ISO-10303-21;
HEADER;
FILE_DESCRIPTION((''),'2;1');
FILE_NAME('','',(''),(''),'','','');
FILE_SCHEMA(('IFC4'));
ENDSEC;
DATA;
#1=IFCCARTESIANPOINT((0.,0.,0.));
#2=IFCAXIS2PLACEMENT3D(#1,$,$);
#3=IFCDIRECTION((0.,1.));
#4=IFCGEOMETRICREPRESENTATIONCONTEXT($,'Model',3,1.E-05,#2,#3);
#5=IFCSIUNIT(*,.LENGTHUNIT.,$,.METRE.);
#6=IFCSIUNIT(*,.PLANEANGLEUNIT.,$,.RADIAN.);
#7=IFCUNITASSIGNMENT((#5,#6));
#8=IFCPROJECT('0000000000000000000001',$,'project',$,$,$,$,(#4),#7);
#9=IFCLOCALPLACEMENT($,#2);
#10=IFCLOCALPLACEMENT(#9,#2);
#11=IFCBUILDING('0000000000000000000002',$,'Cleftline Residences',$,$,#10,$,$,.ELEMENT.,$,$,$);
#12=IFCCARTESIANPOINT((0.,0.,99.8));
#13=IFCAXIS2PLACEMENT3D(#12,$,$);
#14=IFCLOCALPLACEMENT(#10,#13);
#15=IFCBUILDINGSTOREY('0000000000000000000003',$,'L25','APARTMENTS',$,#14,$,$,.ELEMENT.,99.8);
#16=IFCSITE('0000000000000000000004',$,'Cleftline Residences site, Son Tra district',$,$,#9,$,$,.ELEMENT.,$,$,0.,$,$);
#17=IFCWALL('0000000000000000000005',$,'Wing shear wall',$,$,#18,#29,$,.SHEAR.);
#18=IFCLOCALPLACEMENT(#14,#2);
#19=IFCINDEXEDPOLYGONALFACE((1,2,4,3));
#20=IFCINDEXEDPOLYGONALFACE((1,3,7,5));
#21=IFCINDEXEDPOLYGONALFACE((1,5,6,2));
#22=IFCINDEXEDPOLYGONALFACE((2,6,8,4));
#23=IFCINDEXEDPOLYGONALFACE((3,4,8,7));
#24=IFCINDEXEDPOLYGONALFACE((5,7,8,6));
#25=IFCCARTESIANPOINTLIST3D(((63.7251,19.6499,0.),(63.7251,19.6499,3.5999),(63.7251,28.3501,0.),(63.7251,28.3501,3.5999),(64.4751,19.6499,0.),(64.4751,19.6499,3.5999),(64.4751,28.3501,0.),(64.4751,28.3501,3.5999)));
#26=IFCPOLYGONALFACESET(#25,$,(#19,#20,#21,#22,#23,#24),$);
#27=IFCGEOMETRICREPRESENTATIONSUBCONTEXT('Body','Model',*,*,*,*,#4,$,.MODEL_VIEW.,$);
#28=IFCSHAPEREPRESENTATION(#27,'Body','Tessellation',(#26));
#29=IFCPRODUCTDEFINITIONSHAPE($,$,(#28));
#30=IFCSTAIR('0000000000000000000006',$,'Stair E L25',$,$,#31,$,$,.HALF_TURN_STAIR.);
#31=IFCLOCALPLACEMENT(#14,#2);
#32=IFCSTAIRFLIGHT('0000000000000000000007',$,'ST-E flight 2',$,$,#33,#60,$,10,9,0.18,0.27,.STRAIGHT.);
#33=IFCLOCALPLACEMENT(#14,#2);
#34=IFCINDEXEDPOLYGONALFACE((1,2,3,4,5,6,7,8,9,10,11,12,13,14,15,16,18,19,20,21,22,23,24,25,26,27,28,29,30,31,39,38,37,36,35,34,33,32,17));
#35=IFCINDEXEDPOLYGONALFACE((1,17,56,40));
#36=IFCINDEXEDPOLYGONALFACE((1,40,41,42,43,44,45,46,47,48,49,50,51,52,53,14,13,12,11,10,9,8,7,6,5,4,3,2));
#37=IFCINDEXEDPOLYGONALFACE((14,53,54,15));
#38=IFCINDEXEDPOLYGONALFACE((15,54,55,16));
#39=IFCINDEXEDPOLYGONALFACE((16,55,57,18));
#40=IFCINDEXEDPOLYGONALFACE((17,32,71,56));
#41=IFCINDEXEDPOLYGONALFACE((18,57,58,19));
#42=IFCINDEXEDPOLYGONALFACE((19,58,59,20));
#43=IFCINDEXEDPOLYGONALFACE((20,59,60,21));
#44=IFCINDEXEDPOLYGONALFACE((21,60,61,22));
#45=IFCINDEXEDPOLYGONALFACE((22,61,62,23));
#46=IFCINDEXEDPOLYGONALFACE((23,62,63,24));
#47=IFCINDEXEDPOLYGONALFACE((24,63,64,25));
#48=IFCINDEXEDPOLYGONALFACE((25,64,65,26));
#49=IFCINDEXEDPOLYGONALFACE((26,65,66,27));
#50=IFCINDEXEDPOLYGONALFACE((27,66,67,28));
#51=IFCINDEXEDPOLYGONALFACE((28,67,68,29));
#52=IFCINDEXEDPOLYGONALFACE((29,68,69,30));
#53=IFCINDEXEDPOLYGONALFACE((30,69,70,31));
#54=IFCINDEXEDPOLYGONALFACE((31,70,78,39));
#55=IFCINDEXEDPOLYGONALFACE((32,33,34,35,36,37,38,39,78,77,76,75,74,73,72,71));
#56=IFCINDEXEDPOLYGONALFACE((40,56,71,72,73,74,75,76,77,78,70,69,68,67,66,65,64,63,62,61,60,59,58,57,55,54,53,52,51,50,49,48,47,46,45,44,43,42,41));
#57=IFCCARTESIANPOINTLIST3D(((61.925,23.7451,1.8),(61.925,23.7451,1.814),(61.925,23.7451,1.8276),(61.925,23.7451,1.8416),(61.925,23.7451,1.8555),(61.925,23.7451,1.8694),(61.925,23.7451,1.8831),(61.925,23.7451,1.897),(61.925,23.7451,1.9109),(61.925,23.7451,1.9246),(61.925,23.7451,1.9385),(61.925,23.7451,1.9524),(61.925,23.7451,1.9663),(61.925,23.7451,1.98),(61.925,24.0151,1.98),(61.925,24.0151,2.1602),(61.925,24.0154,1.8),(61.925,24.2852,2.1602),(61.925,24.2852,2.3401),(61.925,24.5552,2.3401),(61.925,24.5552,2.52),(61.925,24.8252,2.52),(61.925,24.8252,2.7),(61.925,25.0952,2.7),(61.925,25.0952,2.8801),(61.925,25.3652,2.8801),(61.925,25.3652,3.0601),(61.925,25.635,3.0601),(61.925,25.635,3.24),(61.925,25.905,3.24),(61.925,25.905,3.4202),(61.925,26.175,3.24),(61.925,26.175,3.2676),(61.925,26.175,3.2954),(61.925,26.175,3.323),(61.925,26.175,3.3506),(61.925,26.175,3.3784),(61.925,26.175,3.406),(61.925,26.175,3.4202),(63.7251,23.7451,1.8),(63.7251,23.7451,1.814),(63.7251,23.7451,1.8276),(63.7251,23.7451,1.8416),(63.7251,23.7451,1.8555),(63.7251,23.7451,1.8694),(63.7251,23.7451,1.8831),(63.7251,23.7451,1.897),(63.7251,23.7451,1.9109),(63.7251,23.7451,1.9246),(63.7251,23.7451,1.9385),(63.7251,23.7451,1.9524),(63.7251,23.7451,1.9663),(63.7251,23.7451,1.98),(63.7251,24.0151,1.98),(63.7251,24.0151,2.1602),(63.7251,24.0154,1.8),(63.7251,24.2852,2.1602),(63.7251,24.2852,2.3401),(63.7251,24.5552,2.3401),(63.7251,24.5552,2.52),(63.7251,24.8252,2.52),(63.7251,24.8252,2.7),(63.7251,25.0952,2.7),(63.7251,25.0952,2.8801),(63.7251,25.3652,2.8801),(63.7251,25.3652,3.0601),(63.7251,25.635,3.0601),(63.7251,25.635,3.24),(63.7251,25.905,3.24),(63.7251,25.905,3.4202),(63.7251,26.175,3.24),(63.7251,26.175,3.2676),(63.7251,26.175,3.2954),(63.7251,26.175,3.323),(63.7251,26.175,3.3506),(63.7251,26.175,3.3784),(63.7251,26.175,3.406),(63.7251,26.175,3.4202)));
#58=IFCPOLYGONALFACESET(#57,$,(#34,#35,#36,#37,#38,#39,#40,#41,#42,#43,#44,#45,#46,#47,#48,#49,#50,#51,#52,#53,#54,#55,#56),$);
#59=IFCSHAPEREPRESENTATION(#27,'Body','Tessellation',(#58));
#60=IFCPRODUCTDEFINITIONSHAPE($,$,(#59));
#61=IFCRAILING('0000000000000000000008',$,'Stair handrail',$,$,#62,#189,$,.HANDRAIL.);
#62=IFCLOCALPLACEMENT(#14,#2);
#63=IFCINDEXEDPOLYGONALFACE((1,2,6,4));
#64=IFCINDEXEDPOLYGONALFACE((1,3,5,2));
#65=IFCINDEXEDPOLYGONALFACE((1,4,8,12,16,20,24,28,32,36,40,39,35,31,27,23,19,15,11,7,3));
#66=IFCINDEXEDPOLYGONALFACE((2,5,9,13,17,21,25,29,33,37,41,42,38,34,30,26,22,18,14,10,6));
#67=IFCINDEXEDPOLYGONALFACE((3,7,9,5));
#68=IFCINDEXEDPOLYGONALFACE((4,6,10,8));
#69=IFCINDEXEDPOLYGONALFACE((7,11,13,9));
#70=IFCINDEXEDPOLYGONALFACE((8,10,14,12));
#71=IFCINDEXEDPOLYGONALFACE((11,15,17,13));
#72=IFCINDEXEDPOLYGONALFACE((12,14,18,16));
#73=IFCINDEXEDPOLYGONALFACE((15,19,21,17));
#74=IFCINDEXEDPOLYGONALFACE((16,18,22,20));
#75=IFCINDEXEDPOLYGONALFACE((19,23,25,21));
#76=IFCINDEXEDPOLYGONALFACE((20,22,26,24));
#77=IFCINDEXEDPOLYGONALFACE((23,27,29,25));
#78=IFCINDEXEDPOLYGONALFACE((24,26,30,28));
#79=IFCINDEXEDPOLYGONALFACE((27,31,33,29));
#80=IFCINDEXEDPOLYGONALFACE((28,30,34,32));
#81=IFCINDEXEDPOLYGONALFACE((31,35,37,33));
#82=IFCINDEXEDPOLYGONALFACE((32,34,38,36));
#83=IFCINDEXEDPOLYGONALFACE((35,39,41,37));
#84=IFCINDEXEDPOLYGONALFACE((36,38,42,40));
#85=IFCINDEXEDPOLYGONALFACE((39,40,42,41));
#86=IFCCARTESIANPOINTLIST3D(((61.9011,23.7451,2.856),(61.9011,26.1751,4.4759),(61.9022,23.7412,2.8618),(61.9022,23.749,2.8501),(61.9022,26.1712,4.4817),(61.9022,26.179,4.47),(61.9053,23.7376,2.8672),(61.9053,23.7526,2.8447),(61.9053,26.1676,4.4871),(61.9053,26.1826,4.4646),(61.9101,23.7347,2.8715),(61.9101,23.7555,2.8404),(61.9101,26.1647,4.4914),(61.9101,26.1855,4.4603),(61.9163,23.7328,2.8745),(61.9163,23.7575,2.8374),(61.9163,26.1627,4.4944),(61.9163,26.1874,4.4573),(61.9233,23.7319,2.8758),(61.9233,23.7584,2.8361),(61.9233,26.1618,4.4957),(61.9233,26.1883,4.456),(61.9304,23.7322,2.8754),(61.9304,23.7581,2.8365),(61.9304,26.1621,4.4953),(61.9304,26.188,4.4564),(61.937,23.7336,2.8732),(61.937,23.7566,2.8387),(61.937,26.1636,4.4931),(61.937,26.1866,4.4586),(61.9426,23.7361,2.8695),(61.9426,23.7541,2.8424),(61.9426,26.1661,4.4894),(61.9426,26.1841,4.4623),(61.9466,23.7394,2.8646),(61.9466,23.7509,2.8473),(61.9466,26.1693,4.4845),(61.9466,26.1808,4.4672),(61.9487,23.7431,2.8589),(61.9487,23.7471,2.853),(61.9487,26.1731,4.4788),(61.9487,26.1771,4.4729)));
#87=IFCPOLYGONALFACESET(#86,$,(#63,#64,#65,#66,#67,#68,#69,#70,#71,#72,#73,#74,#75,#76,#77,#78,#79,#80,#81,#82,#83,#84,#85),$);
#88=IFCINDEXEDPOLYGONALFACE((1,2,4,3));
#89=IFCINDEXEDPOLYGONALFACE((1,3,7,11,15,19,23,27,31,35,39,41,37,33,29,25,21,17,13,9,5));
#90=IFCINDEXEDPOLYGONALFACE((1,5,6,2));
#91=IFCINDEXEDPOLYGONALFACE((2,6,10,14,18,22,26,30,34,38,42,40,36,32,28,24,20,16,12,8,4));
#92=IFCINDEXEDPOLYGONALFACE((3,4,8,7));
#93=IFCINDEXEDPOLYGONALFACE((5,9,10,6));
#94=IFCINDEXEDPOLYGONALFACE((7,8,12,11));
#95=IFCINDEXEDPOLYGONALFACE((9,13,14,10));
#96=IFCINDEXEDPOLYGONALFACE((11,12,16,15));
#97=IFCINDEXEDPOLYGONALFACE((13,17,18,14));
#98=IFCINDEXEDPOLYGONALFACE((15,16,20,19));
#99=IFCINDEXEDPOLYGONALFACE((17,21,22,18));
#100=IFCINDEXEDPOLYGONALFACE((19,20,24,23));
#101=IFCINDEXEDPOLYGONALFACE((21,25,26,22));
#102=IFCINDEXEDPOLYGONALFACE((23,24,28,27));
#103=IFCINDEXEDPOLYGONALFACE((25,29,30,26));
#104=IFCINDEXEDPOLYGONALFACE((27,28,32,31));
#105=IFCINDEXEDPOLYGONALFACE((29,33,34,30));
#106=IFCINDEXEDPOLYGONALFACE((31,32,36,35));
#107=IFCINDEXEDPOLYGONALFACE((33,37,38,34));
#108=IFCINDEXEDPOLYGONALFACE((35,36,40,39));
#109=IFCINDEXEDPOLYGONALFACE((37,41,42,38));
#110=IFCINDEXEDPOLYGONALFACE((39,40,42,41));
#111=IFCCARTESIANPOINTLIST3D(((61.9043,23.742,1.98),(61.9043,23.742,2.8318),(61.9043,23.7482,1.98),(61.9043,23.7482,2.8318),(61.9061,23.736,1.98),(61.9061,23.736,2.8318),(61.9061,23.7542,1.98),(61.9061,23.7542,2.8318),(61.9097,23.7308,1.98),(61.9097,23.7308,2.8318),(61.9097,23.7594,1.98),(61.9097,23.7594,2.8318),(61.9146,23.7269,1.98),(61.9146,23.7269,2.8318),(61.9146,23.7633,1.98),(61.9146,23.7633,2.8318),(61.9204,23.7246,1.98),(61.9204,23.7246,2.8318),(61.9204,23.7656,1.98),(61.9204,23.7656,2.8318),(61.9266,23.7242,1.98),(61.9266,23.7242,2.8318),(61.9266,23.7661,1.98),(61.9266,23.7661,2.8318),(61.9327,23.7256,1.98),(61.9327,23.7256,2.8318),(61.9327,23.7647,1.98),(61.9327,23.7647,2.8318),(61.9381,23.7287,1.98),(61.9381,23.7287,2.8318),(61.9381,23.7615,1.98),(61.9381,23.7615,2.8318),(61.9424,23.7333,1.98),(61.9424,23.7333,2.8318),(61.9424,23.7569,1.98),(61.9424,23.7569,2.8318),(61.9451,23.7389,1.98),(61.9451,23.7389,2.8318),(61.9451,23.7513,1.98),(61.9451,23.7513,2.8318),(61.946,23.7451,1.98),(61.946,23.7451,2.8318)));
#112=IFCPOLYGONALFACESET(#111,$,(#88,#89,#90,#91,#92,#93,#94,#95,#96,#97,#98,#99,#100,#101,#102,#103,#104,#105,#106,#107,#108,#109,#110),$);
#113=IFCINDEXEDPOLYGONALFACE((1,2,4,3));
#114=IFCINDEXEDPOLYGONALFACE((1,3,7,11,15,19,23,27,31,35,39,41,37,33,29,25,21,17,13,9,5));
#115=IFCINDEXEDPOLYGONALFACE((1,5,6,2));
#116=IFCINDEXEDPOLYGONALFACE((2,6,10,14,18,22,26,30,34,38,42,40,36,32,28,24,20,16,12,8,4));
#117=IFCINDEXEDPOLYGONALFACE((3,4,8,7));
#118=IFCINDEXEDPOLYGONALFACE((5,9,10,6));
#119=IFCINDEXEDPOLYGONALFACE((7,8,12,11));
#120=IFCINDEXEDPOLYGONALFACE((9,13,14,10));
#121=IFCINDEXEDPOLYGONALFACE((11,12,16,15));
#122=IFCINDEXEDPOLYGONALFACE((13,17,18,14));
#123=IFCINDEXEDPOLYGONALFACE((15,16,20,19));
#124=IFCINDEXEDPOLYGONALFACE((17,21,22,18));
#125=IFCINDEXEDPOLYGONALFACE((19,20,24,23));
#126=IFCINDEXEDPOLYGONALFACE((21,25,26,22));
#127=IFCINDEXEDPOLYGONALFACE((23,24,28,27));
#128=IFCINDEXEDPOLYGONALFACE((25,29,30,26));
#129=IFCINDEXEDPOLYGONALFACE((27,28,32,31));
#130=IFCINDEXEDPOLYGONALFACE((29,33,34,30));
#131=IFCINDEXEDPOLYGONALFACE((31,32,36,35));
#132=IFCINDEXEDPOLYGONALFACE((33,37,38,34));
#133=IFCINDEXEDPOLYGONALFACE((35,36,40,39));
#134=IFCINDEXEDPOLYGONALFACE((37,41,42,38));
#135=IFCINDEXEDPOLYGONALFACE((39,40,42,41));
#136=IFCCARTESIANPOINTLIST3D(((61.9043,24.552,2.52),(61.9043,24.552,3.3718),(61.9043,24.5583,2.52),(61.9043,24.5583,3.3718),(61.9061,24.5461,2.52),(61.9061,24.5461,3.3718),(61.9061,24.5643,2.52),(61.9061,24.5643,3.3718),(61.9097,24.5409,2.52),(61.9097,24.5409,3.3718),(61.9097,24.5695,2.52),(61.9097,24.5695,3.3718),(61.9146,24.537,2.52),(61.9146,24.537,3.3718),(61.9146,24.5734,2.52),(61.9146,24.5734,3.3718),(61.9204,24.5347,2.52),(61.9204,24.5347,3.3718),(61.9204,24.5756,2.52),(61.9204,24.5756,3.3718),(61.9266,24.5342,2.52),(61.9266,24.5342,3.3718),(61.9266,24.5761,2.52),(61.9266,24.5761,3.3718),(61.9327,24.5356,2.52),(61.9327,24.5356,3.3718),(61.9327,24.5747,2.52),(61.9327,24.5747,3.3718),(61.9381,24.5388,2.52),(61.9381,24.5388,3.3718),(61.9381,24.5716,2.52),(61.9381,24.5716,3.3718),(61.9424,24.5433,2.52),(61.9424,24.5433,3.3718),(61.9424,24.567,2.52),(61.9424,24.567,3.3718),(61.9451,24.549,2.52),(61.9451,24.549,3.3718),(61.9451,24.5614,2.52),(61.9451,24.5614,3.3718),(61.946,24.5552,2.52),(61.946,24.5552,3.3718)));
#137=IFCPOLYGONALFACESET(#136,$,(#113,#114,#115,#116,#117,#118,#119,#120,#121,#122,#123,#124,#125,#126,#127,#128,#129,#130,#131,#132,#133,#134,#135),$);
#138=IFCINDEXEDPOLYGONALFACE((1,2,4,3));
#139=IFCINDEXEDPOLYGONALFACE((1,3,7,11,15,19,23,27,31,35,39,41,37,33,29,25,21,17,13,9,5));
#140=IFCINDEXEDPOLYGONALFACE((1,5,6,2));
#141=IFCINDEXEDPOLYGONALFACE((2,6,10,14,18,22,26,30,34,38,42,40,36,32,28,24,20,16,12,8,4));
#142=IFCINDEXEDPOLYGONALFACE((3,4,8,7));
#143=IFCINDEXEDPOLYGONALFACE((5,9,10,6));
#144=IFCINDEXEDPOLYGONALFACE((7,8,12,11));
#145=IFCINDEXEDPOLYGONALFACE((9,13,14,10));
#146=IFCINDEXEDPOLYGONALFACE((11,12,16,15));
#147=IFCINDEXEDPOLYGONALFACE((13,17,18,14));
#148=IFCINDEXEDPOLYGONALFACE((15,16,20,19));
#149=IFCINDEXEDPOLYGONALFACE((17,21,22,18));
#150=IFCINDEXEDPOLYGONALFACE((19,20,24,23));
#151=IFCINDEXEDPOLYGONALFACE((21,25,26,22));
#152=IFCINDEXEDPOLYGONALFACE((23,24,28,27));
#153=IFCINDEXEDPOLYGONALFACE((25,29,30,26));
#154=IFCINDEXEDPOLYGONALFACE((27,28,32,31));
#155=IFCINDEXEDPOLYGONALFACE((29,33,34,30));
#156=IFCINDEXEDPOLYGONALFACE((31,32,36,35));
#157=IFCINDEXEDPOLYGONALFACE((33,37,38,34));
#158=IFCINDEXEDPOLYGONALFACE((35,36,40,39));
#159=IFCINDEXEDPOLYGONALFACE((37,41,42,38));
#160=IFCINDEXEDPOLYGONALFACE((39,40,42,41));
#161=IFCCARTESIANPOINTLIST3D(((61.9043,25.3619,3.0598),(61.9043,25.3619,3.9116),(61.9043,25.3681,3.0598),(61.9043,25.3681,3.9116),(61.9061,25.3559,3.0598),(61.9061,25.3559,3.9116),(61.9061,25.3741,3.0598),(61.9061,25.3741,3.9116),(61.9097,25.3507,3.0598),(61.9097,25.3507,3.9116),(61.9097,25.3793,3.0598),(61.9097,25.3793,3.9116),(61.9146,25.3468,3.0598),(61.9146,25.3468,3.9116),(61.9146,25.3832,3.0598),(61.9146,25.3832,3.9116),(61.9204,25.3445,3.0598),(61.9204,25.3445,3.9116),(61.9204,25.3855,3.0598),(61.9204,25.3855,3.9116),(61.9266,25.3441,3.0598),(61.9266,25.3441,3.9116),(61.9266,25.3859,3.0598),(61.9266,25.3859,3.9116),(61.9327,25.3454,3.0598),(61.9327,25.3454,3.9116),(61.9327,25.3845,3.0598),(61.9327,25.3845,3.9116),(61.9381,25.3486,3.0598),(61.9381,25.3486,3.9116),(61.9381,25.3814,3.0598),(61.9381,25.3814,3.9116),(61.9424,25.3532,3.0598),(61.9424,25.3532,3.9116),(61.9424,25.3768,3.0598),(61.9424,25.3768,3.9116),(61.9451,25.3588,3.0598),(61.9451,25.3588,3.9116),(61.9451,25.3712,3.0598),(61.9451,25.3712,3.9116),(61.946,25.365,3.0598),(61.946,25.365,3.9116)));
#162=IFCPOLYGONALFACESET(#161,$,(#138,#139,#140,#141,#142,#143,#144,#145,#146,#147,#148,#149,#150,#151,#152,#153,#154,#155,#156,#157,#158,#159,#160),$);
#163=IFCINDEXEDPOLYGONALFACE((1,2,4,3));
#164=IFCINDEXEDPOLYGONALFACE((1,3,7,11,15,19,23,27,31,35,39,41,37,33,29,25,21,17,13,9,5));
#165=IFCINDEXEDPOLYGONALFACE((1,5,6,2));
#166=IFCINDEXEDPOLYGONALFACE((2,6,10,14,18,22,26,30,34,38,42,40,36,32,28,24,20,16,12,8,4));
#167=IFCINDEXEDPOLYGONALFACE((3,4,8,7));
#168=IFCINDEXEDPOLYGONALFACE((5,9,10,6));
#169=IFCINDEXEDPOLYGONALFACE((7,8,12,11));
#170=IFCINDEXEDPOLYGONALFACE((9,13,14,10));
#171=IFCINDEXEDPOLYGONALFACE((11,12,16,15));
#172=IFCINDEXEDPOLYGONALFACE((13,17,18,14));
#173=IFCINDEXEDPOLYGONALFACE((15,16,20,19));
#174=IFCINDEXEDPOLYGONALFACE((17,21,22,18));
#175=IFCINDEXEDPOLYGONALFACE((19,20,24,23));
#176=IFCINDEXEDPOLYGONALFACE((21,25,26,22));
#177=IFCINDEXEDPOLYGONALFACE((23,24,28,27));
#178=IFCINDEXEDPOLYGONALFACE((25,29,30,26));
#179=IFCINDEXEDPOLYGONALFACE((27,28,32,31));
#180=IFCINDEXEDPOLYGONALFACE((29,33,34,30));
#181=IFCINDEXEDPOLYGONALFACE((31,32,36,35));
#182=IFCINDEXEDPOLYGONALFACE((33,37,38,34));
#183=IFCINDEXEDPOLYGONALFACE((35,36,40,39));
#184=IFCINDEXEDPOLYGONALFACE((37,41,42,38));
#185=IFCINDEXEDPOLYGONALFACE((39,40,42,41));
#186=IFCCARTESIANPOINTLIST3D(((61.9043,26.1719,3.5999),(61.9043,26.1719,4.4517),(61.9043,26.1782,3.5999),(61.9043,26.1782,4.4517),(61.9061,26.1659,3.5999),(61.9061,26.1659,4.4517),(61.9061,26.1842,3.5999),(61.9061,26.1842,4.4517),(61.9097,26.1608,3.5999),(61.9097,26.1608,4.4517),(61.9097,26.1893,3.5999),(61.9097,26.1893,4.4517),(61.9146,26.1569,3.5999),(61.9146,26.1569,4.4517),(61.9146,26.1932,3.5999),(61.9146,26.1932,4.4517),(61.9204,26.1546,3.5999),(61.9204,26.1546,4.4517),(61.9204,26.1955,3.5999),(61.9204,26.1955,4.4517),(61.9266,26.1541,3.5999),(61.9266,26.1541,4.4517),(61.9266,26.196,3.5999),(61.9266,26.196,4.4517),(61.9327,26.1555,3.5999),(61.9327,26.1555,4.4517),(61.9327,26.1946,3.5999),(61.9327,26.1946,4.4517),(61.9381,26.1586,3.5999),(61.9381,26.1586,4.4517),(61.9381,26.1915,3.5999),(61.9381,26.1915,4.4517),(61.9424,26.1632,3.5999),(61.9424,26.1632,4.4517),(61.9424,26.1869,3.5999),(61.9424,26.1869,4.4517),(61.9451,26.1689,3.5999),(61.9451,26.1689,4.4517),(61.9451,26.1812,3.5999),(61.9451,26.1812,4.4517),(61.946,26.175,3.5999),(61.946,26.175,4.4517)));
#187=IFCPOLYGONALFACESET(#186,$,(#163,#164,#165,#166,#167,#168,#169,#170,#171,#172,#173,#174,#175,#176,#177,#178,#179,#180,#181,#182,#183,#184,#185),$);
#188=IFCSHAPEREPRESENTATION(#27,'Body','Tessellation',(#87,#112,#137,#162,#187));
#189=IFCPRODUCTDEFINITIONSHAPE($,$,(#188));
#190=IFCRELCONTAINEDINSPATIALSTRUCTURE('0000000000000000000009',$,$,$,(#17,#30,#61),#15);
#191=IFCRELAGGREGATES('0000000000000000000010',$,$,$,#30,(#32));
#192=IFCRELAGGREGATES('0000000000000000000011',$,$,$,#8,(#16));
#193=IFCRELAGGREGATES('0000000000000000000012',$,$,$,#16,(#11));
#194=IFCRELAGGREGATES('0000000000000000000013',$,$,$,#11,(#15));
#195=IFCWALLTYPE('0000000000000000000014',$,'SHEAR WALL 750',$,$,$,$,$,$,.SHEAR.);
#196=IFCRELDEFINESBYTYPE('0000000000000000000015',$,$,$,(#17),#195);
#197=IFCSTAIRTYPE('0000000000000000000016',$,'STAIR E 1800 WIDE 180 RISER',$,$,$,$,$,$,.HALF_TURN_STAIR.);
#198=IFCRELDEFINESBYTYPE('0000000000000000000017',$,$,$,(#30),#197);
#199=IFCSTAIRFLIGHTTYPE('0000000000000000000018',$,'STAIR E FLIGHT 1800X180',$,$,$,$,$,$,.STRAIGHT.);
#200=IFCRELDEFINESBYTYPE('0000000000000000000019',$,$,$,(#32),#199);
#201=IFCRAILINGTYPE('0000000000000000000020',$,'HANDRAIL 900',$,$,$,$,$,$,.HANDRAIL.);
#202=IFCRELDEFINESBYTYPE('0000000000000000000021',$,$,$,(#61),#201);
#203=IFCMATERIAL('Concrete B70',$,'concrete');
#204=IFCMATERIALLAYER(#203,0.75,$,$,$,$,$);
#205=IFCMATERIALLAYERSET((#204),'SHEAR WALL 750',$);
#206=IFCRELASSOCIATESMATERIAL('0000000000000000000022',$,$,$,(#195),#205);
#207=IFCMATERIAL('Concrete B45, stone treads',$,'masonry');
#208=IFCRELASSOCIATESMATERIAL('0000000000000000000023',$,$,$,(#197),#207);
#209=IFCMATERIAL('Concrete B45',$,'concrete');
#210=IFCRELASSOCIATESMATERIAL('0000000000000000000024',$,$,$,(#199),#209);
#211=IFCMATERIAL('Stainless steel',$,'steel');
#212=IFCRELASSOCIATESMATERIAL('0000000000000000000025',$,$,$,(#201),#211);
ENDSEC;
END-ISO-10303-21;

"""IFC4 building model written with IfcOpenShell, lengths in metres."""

from ifc_helpers import new_model, si_unit, direction, frame, frame_2d, origin, origin_2d, place, context, subcontext, project, spatial, polyline, rectangle, circle, outline, extrude, material, layer, layer_set, type_object, element, aggregate, save


model = new_model("IFC4")

# Units and contexts
model_context = context("Model", 3, precision=1e-05, world=origin(), true_north=direction((0.0, 1.0)))
body_context = subcontext(model_context, "Body", "Model", "MODEL_VIEW")
ifc_project = project(units=[si_unit("LENGTHUNIT", "METRE"), si_unit("PLANEANGLEUNIT", "RADIAN")], contexts=[model_context])

# Site, building, storey
site_placement = place(None, origin())
site = spatial("IfcSite", under=ifc_project, at=site_placement, Name="Cleftline Residences site, Son Tra district", CompositionType="ELEMENT", RefElevation=0.0)
building_placement = place(site_placement, origin())
building = spatial("IfcBuilding", under=site, at=building_placement, Name="Cleftline Residences", CompositionType="ELEMENT")
storey_placement = place(building_placement, frame((0.0, 0.0, 99.8)))
storey = spatial("IfcBuildingStorey", under=building, at=storey_placement, Name="L25", Description="APARTMENTS", CompositionType="ELEMENT", Elevation=99.8)

# Wall
ifc_material_1 = material(Name="Concrete B70", Category="concrete")
ifc_layer_1 = layer(ifc_material_1, 0.75)
ifc_layer_set_1 = layer_set([ifc_layer_1], Name="SHEAR WALL 750")
wall_type_1 = type_object("IfcWallType", Name="SHEAR WALL 750", PredefinedType="SHEAR", material=ifc_layer_set_1)
wall_1_placement = place(storey_placement, frame((64.1001, 19.6499, 0.0), z_axis=(0.0, 0.0, 1.0), x_axis=(0.0, 1.0, 0.0)))
element("IfcWall", 1, at=wall_1_placement, inside=storey, type_object=wall_type_1, Name="Wing shear wall", PredefinedType="SHEAR", context=body_context, shape_type="SweptSolid", body=[
    extrude(rectangle(XDim=8.7002, YDim=0.75, at=frame_2d((4.3501, 0.0))), origin(), (0.0, 0.0, 1.0), 3.5999),
])

# Stair, stair flight
ifc_material_2 = material(Name="Concrete B45, stone treads", Category="masonry")
stair_type = type_object("IfcStairType", Name="STAIR E 1800 WIDE 180 RISER", PredefinedType="HALF_TURN_STAIR", material=ifc_material_2)
stair_placement = place(storey_placement, origin())
stair = element("IfcStair", 2, at=stair_placement, inside=storey, type_object=stair_type, Name="Stair E L25", PredefinedType="HALF_TURN_STAIR")
ifc_material_3 = material(Name="Concrete B45", Category="concrete")
stair_flight_type = type_object("IfcStairFlightType", Name="STAIR E FLIGHT 1800X180", PredefinedType="STRAIGHT", material=ifc_material_3)
stair_flight_placement = place(storey_placement, frame((62.825, 23.7451, 1.8), z_axis=(0.0, 0.0, 1.0), x_axis=(0.0, 1.0, 0.0)))
stair_flight = element("IfcStairFlight", 3, at=stair_flight_placement, type_object=stair_flight_type, Name="ST-E flight 2", NumberOfRisers=10, NumberOfTreads=9, PredefinedType="STRAIGHT", RiserHeight=0.18, TreadLength=0.27, context=body_context, shape_type="SweptSolid", body=[
    extrude(outline(polyline([(0.0, 0.0), (0.0, 0.0139), (0.0, 0.0276), (0.0, 0.0415), (0.0, 0.0554), (0.0, 0.0693), (0.0, 0.083), (0.0, 0.0969), (0.0, 0.1108), (0.0, 0.1245), (0.0, 0.1384), (0.0, 0.1523), (0.0, 0.1663), (0.0, 0.1799), (0.27, 0.1799), (0.27, 0.3601), (0.54, 0.3601), (0.54, 0.54), (0.8101, 0.54), (0.8101, 0.72), (1.0801, 0.72), (1.0801, 0.8999), (1.3501, 0.8999), (1.3501, 1.0801), (1.6201, 1.0801), (1.6201, 1.26), (1.8899, 1.26), (1.8899, 1.4399), (2.1599, 1.4399), (2.1599, 1.6201), (2.4299, 1.6201), (2.4299, 1.8), (2.4299, 1.7722), (2.4299, 1.7446), (2.4299, 1.7168), (2.4299, 1.6892), (2.4299, 1.6614), (2.4299, 1.6338), (2.4299, 1.606), (2.4299, 1.5784), (2.4299, 1.5505), (2.4299, 1.5229), (2.4299, 1.4954), (2.4299, 1.4675), (2.4299, 1.4399), (0.2703, 0.0), (0.0, 0.0)])), frame((0.0, 0.8999, 0.0), z_axis=(0.0, -1.0, 0.0), x_axis=(1.0, 0.0, 0.0)), (0.0, 0.0, 1.0), 1.8),
])
aggregate(stair, [stair_flight])

# Railing
ifc_material_4 = material(Name="Stainless steel", Category="steel")
railing_type = type_object("IfcRailingType", Name="HANDRAIL 900", PredefinedType="HANDRAIL", material=ifc_material_4)
railing_placement = place(storey_placement, frame((61.925, 23.7451, 1.98)))
element("IfcRailing", 4, at=railing_placement, inside=storey, type_object=railing_type, Name="Stair handrail", PredefinedType="HANDRAIL", context=body_context, shape_type="SweptSolid", body=[
    extrude(circle(Radius=0.0239, at=origin_2d()), frame((0.0, 0.0, 0.876), z_axis=(0.0, 0.832063, 0.554681), x_axis=(-1.0, 0.0, 0.0)), (0.0, 0.0, 1.0), 2.9204),
    extrude(circle(Radius=0.021, at=origin_2d()), origin(), (0.0, 0.0, 1.0), 0.8518),
    extrude(circle(Radius=0.021, at=origin_2d()), frame((0.0, 0.8101, 0.54)), (0.0, 0.0, 1.0), 0.8518),
    extrude(circle(Radius=0.021, at=origin_2d()), frame((0.0, 1.6199, 1.0798)), (0.0, 0.0, 1.0), 0.8518),
    extrude(circle(Radius=0.021, at=origin_2d()), frame((0.0, 2.4299, 1.6199)), (0.0, 0.0, 1.0), 0.8518),
])

save(model, "model.ifc")
